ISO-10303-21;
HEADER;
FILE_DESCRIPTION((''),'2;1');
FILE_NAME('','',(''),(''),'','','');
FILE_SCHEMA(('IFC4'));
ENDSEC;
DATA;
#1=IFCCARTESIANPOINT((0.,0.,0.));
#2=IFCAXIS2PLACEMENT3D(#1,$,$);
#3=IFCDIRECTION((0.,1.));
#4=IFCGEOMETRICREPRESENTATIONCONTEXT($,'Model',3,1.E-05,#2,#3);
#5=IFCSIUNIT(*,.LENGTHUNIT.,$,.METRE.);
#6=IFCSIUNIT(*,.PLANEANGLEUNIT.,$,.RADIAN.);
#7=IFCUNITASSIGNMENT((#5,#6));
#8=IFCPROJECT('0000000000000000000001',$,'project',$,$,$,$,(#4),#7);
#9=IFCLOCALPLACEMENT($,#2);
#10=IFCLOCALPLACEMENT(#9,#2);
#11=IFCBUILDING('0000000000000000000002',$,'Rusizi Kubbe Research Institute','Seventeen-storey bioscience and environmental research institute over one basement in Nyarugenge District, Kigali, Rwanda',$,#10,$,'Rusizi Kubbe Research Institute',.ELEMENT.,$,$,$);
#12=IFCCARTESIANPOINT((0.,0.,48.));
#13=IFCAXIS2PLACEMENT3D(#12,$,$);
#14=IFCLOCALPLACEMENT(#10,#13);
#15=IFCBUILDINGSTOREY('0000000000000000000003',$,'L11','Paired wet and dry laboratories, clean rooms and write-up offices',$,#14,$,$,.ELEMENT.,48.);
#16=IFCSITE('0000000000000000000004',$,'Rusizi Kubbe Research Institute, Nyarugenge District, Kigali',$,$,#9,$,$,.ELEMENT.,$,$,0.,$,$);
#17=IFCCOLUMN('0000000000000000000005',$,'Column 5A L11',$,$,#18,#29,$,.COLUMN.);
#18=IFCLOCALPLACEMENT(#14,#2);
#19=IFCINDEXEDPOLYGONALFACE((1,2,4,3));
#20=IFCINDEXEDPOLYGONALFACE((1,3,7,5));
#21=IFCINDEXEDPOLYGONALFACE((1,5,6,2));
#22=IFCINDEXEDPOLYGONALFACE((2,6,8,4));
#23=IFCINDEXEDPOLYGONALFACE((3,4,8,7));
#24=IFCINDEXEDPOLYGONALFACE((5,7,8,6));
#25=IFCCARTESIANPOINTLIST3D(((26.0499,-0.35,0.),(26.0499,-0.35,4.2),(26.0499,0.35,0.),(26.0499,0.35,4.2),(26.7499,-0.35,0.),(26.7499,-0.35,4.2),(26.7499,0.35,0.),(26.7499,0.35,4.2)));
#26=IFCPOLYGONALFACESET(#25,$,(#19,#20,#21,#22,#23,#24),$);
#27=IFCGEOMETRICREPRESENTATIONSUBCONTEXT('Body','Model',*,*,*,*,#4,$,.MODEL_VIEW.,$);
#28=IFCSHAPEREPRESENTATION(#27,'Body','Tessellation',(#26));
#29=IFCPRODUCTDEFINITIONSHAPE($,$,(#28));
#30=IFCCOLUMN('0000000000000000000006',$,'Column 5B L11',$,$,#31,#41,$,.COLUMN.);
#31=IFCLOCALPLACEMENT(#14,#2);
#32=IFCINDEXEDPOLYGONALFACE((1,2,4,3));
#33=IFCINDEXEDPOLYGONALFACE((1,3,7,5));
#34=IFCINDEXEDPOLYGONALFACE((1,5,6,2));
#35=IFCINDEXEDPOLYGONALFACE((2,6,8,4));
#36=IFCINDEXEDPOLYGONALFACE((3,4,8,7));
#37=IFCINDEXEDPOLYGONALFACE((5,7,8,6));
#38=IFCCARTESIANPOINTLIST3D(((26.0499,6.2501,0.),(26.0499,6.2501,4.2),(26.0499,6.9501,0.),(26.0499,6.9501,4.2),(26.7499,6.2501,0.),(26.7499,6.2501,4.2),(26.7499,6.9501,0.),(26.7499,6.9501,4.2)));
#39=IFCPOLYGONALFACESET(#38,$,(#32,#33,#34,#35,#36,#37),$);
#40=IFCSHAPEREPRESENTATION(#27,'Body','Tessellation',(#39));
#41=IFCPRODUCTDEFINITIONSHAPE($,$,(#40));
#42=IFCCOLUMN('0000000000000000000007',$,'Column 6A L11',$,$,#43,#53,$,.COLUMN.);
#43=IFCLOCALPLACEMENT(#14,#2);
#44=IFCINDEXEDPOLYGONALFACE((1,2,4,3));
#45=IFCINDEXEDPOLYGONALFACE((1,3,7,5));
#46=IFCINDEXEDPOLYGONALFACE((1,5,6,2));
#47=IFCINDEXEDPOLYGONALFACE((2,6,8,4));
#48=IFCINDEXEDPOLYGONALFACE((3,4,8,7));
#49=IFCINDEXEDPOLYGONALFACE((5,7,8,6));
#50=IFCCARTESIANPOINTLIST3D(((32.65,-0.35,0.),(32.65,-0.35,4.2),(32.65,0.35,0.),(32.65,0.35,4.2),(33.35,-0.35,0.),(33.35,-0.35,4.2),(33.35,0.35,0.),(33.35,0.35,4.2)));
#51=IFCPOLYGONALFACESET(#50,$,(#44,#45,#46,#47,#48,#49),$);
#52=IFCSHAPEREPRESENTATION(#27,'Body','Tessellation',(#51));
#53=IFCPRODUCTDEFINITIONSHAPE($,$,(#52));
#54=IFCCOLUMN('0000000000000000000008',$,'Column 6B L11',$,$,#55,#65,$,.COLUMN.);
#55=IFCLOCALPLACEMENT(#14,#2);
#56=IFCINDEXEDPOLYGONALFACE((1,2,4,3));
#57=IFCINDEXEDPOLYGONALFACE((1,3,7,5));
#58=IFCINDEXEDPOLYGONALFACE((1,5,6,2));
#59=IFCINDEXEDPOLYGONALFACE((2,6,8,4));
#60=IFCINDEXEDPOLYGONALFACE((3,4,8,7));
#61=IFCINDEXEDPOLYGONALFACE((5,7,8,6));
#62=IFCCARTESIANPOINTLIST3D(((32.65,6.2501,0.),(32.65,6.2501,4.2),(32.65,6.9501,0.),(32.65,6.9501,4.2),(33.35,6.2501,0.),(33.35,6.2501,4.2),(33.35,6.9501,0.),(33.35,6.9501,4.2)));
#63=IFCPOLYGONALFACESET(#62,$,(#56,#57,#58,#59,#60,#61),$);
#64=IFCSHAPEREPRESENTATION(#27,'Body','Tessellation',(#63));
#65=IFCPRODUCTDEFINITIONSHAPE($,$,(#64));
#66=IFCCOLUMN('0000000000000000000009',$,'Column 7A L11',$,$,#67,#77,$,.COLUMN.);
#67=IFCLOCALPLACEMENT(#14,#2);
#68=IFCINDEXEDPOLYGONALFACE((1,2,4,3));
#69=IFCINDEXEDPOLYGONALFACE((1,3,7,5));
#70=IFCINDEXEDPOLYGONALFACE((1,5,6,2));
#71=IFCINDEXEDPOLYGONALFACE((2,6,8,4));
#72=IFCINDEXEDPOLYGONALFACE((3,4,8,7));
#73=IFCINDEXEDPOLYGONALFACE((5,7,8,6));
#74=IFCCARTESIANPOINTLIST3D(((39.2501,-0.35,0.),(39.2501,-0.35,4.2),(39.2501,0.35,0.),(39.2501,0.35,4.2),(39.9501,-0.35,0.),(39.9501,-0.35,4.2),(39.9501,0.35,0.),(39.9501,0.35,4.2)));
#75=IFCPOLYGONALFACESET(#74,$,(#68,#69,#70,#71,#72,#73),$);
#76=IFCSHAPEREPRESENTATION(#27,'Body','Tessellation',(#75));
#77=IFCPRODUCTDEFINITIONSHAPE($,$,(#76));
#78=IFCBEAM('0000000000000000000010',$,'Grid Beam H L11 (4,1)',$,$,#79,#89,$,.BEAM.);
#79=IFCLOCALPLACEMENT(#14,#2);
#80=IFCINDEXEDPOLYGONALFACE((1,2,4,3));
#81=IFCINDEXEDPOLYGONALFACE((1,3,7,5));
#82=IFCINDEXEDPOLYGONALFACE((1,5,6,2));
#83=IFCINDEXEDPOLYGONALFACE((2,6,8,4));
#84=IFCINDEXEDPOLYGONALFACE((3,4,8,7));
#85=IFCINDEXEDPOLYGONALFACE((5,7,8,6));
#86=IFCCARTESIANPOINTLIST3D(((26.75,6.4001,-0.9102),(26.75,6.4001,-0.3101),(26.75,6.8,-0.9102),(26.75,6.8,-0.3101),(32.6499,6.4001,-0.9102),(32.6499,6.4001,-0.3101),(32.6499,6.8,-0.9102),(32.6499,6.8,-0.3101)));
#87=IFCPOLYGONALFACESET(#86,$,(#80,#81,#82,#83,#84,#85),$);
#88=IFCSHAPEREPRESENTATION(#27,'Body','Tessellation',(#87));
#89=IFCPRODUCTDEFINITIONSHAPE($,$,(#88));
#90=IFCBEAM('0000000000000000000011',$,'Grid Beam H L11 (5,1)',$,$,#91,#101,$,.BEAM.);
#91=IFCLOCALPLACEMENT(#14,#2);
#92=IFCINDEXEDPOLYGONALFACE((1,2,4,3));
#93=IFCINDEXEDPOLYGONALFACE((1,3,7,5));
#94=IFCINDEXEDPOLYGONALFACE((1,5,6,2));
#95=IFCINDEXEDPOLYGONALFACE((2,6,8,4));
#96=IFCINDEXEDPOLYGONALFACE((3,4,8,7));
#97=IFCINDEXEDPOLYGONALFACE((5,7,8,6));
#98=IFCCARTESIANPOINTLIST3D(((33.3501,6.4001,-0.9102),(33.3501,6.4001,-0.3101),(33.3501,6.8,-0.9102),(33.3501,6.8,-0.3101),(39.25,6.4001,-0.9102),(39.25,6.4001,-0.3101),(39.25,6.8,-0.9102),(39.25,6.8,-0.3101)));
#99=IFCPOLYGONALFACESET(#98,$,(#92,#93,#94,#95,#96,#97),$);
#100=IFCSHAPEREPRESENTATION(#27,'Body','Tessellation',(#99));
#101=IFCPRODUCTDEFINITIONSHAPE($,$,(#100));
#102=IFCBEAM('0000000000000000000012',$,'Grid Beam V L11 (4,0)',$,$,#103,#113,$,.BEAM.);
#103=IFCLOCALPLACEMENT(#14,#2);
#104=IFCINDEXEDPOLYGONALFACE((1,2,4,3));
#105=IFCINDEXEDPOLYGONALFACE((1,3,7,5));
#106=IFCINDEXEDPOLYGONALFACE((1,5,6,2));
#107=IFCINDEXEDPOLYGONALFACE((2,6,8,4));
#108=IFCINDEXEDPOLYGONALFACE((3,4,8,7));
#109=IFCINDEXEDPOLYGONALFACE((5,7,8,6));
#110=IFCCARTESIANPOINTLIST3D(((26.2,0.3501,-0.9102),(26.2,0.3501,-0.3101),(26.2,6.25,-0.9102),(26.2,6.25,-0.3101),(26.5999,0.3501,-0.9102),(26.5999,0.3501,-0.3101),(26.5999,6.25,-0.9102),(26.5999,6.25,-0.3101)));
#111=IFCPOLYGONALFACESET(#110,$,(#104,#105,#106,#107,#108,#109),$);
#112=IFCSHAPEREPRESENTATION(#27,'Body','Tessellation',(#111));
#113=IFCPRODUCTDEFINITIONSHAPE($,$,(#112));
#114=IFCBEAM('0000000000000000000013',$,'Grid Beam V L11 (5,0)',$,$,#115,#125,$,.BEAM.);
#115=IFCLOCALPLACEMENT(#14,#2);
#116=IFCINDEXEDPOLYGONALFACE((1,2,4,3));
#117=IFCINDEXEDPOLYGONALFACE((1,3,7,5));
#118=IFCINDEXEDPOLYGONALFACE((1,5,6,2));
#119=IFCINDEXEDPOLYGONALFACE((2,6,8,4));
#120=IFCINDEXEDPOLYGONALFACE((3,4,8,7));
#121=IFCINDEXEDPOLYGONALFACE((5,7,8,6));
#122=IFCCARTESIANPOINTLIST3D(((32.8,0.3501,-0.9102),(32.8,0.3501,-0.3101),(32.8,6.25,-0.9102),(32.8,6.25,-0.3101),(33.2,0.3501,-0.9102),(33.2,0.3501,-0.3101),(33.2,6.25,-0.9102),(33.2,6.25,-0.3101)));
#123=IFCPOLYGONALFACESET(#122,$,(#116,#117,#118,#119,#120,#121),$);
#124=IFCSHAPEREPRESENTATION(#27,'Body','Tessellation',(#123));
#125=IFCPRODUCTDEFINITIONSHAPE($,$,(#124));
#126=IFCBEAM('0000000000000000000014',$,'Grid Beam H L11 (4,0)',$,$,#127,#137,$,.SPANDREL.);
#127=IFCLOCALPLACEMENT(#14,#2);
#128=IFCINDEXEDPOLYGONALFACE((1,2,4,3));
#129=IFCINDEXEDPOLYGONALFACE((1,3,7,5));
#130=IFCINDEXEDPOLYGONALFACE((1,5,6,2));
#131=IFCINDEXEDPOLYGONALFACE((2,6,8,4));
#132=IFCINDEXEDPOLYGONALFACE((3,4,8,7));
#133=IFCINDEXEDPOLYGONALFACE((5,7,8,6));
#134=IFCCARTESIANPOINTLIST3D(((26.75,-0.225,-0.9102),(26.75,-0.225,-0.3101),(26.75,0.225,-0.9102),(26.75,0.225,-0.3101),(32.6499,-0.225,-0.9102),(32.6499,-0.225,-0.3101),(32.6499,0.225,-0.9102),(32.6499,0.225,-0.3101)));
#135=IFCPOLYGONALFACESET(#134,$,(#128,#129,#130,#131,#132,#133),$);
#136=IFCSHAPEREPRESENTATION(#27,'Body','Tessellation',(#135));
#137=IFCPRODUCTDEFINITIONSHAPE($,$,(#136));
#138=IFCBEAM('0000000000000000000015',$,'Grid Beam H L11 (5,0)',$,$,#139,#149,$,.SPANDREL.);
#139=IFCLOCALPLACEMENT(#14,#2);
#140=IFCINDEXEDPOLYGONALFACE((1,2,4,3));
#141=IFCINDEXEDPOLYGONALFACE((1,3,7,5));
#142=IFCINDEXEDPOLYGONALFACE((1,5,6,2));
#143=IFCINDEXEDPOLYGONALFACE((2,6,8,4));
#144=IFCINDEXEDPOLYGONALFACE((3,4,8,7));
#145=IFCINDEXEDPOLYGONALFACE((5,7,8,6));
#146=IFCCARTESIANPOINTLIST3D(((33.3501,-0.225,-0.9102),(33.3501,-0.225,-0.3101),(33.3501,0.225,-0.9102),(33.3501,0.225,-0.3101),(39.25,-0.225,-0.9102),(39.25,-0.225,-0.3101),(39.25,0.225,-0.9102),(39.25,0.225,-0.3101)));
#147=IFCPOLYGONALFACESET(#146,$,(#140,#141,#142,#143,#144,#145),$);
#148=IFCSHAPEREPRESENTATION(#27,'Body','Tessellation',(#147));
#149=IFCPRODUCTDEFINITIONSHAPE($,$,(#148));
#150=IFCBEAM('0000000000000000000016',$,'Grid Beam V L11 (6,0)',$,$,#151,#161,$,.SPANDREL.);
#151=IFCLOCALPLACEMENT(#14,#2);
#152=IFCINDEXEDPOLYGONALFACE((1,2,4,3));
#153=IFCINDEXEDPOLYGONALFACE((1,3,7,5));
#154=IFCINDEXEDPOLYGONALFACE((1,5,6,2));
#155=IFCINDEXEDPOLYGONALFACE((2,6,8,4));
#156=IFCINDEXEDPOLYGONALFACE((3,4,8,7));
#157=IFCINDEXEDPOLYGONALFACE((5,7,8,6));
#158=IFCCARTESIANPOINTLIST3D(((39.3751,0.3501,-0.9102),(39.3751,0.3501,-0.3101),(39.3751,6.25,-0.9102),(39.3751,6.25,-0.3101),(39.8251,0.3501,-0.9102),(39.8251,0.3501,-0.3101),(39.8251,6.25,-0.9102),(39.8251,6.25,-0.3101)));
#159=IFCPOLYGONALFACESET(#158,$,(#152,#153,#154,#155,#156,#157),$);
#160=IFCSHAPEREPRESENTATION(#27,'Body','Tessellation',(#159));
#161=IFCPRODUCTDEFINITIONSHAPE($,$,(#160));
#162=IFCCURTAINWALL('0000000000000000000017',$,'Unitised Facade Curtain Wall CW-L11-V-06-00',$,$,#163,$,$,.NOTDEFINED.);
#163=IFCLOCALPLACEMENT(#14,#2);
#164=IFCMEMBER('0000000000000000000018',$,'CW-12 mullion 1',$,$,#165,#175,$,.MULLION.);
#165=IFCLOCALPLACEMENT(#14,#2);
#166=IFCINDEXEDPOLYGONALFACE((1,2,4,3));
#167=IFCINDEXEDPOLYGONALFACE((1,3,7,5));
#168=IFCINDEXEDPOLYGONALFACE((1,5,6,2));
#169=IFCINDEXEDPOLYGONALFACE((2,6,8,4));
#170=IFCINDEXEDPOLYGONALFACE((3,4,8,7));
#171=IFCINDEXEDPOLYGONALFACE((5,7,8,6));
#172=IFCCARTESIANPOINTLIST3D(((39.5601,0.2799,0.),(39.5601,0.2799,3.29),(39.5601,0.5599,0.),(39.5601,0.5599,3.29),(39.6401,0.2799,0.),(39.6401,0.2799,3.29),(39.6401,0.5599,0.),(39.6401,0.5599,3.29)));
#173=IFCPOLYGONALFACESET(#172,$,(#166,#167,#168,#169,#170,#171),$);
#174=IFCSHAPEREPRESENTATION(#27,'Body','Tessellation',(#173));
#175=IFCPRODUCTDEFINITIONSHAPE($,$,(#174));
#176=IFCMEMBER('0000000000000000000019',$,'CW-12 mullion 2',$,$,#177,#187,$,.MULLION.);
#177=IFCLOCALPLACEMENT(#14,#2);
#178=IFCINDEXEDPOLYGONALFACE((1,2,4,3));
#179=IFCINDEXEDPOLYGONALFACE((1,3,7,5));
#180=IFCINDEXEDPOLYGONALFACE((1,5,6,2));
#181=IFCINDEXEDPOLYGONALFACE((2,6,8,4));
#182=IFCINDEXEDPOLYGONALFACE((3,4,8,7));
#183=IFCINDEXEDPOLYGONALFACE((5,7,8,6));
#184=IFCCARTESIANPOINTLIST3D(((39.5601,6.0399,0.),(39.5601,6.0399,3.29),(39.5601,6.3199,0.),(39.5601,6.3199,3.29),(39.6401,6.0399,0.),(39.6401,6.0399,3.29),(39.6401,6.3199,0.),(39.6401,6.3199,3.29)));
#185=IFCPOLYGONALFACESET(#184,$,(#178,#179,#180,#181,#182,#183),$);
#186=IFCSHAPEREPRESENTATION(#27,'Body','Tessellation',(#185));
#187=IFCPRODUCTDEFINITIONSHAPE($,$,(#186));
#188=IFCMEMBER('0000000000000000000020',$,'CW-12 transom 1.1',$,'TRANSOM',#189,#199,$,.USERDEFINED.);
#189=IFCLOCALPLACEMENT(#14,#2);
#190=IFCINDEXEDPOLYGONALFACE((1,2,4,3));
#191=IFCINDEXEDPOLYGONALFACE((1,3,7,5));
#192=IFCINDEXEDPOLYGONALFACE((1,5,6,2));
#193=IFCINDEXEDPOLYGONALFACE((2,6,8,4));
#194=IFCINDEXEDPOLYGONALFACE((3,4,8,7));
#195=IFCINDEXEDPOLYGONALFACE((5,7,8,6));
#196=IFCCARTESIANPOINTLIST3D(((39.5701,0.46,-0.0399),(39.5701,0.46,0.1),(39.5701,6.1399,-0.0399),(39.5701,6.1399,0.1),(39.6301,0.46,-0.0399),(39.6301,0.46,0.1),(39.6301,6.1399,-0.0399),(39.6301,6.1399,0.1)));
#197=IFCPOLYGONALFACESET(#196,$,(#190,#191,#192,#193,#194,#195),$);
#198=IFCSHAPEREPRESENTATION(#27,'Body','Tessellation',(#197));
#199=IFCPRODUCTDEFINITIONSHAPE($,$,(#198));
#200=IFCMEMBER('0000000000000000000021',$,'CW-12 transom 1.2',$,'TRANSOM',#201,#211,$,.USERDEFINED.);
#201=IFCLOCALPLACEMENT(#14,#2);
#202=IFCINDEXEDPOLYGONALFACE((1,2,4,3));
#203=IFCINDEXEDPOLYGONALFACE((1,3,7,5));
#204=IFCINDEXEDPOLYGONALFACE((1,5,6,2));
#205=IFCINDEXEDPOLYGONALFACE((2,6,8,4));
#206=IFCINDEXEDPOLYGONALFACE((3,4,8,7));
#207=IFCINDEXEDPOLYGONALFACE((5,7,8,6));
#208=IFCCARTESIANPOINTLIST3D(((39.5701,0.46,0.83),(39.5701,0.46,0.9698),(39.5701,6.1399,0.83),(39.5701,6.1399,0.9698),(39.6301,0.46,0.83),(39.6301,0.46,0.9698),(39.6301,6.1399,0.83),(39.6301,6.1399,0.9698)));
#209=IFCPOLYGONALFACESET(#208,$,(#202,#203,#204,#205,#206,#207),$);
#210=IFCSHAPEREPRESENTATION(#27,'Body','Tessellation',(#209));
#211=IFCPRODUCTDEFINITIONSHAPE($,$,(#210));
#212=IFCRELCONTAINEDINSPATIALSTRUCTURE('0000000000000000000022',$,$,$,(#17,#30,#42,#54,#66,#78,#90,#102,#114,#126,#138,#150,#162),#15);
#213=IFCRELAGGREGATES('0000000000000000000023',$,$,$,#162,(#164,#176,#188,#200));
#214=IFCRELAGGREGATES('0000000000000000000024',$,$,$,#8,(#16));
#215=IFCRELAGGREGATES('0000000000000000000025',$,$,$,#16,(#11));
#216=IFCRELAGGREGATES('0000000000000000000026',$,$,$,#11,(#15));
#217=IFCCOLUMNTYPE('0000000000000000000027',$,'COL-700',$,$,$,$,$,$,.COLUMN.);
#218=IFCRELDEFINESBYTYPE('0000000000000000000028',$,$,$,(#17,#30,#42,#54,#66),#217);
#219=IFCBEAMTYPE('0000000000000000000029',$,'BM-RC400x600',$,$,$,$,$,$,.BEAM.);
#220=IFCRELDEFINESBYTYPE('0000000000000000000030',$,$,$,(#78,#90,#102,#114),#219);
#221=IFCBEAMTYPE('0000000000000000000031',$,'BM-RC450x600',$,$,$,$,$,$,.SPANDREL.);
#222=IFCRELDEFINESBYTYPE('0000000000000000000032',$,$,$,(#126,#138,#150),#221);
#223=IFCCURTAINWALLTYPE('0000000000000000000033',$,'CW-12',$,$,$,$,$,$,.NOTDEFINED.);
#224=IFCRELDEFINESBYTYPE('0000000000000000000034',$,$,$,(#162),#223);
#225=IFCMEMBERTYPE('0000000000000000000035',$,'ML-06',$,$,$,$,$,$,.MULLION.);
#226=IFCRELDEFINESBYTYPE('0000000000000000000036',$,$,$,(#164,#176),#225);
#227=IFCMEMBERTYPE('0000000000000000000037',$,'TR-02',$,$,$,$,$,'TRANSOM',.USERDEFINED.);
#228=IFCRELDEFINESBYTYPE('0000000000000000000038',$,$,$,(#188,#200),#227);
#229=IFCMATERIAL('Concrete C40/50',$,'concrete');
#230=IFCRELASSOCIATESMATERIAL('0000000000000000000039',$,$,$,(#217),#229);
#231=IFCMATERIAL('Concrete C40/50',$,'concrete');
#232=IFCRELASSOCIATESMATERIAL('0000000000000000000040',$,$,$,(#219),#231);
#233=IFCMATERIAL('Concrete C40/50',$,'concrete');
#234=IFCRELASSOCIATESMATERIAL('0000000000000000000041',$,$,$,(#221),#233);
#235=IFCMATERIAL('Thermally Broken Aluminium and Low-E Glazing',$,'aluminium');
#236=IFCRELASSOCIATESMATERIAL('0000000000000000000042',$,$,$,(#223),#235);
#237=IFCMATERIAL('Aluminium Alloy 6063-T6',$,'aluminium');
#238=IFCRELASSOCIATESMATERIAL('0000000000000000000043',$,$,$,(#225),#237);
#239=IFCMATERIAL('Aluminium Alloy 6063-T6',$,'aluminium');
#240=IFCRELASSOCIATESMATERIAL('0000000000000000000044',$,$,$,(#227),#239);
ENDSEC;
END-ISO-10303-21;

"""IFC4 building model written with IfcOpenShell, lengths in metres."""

from ifc_helpers import new_model, si_unit, direction, frame, origin, origin_2d, place, context, subcontext, project, spatial, rectangle, extrude, material, material_profile, profile_set, type_object, element, aggregate, save


model = new_model("IFC4")

# Units and contexts
model_context = context("Model", 3, precision=1e-05, world=origin(), true_north=direction((0.0, 1.0)))
body_context = subcontext(model_context, "Body", "Model", "MODEL_VIEW")
ifc_project = project(units=[si_unit("LENGTHUNIT", "METRE"), si_unit("PLANEANGLEUNIT", "RADIAN")], contexts=[model_context])

# Site, building, storey
site_placement = place(None, origin())
site = spatial("IfcSite", under=ifc_project, at=site_placement, Name="Rusizi Kubbe Research Institute, Nyarugenge District, Kigali", CompositionType="ELEMENT", RefElevation=0.0)
building_placement = place(site_placement, origin())
building = spatial("IfcBuilding", under=site, at=building_placement, Name="Rusizi Kubbe Research Institute", Description="Seventeen-storey bioscience and environmental research institute over one basement in Nyarugenge District, Kigali, Rwanda", LongName="Rusizi Kubbe Research Institute", CompositionType="ELEMENT")
storey_placement = place(building_placement, frame((0.0, 0.0, 48.0)))
storey = spatial("IfcBuildingStorey", under=building, at=storey_placement, Name="L11", Description="Paired wet and dry laboratories, clean rooms and write-up offices", CompositionType="ELEMENT", Elevation=48.0)

# Columns
ifc_material_1 = material(Name="Concrete C40/50", Category="concrete")
ifc_material_profile_1 = material_profile(ifc_material_1, rectangle(XDim=0.7, YDim=0.7, at=origin_2d()), Name="RC700x700")
ifc_profile_set_1 = profile_set([ifc_material_profile_1], Name="Concrete C40/50")
column_type = type_object("IfcColumnType", Name="COL-700", PredefinedType="COLUMN", material=ifc_profile_set_1)
for number, where, z_axis, x_axis, name in (
    (1, (26.3999, 0.0, 0.0), (0.0, 0.0, 1.0), (1.0, 0.0, 0.0), "Column 5A L11"),
    (2, (26.3999, 6.6001, 0.0), (0.0, 0.0, 1.0), (1.0, 0.0, 0.0), "Column 5B L11"),
    (3, (33.0, 0.0, 0.0), (0.0, 0.0, 1.0), (1.0, 0.0, 0.0), "Column 6A L11"),
    (4, (33.0, 6.6001, 0.0), (0.0, 0.0, 1.0), (1.0, 0.0, 0.0), "Column 6B L11"),
    (5, (39.6001, 0.0, 0.0), (0.0, 0.0, 1.0), (1.0, 0.0, 0.0), "Column 7A L11"),
):
    element("IfcColumn", number, at=place(storey_placement, frame(where, z_axis=z_axis, x_axis=x_axis)), inside=storey, type_object=column_type, Name=name, PredefinedType="COLUMN", context=body_context, shape_type="SweptSolid", body=[
        extrude(rectangle(XDim=0.7, YDim=0.7, at=origin_2d()), origin(), (0.0, 0.0, 1.0), 4.2),
    ])

# Beams
ifc_material_2 = material(Name="Concrete C40/50", Category="concrete")
ifc_material_profile_2 = material_profile(ifc_material_2, rectangle(XDim=0.3999, YDim=0.6001, at=origin_2d()), Name="RC400x600")
ifc_profile_set_2 = profile_set([ifc_material_profile_2], Name="Concrete C40/50")
beam_type_1 = type_object("IfcBeamType", Name="BM-RC400x600", PredefinedType="BEAM", material=ifc_profile_set_2)
for number, where, z_axis, x_axis, name in (
    (6, (26.75, 6.6001, -0.6101), (1.0, 0.0, 0.0), (0.0, 1.0, 0.0), "Grid Beam H L11 (4,1)"),
    (7, (33.3501, 6.6001, -0.6101), (1.0, 0.0, 0.0), (0.0, 1.0, 0.0), "Grid Beam H L11 (5,1)"),
    (8, (26.3999, 0.3501, -0.6101), (0.0, 1.0, 0.0), (-1.0, 0.0, 0.0), "Grid Beam V L11 (4,0)"),
    (9, (33.0, 0.3501, -0.6101), (0.0, 1.0, 0.0), (-1.0, 0.0, 0.0), "Grid Beam V L11 (5,0)"),
):
    element("IfcBeam", number, at=place(storey_placement, frame(where, z_axis=z_axis, x_axis=x_axis)), inside=storey, type_object=beam_type_1, Name=name, PredefinedType="BEAM", context=body_context, shape_type="SweptSolid", body=[
        extrude(rectangle(XDim=0.3999, YDim=0.6001, at=origin_2d()), origin(), (0.0, 0.0, 1.0), 5.8999),
    ])
ifc_material_3 = material(Name="Concrete C40/50", Category="concrete")
ifc_material_profile_3 = material_profile(ifc_material_3, rectangle(XDim=0.45, YDim=0.6001, at=origin_2d()), Name="RC450x600")
ifc_profile_set_3 = profile_set([ifc_material_profile_3], Name="Concrete C40/50")
beam_type_2 = type_object("IfcBeamType", Name="BM-RC450x600", PredefinedType="SPANDREL", material=ifc_profile_set_3)
for number, where, z_axis, x_axis, name in (
    (10, (26.75, 0.0, -0.6101), (1.0, 0.0, 0.0), (0.0, 1.0, 0.0), "Grid Beam H L11 (4,0)"),
    (11, (33.3501, 0.0, -0.6101), (1.0, 0.0, 0.0), (0.0, 1.0, 0.0), "Grid Beam H L11 (5,0)"),
    (12, (39.6001, 0.3501, -0.6101), (0.0, 1.0, 0.0), (-1.0, 0.0, 0.0), "Grid Beam V L11 (6,0)"),
):
    element("IfcBeam", number, at=place(storey_placement, frame(where, z_axis=z_axis, x_axis=x_axis)), inside=storey, type_object=beam_type_2, Name=name, PredefinedType="SPANDREL", context=body_context, shape_type="SweptSolid", body=[
        extrude(rectangle(XDim=0.45, YDim=0.6001, at=origin_2d()), origin(), (0.0, 0.0, 1.0), 5.8999),
    ])

# Curtain wall, members
ifc_material_4 = material(Name="Thermally Broken Aluminium and Low-E Glazing", Category="aluminium")
curtain_wall_type = type_object("IfcCurtainWallType", Name="CW-12", PredefinedType="NOTDEFINED", material=ifc_material_4)
curtain_wall_placement = place(storey_placement, origin())
curtain_wall = element("IfcCurtainWall", 13, at=curtain_wall_placement, inside=storey, type_object=curtain_wall_type, Name="Unitised Facade Curtain Wall CW-L11-V-06-00", PredefinedType="NOTDEFINED")
ifc_material_5 = material(Name="Aluminium Alloy 6063-T6", Category="aluminium")
ifc_material_profile_4 = material_profile(ifc_material_5, rectangle(XDim=0.0801, YDim=0.28, at=origin_2d()), Name="ALU-M 80x280")
ifc_profile_set_4 = profile_set([ifc_material_profile_4], Name="Aluminium Alloy 6063-T6")
member_type_1 = type_object("IfcMemberType", Name="ML-06", PredefinedType="MULLION", material=ifc_profile_set_4)
member_1_placement = place(storey_placement, frame((39.6001, 0.4199, 0.0), z_axis=(0.0, 0.0, 1.0), x_axis=(-1.0, 0.0, 0.0)))
member_1 = element("IfcMember", 14, at=member_1_placement, type_object=member_type_1, Name="CW-12 mullion 1", PredefinedType="MULLION", context=body_context, shape_type="SweptSolid", body=[
    extrude(rectangle(XDim=0.0801, YDim=0.28, at=origin_2d()), origin(), (0.0, 0.0, 1.0), 3.29),
])
member_2_placement = place(storey_placement, frame((39.6001, 6.1799, 0.0), z_axis=(0.0, 0.0, 1.0), x_axis=(-1.0, 0.0, 0.0)))
member_2 = element("IfcMember", 15, at=member_2_placement, type_object=member_type_1, Name="CW-12 mullion 2", PredefinedType="MULLION", context=body_context, shape_type="SweptSolid", body=[
    extrude(rectangle(XDim=0.0801, YDim=0.28, at=origin_2d()), origin(), (0.0, 0.0, 1.0), 3.29),
])
ifc_material_6 = material(Name="Aluminium Alloy 6063-T6", Category="aluminium")
ifc_material_profile_5 = material_profile(ifc_material_6, rectangle(XDim=0.0601, YDim=0.1399, at=origin_2d()), Name="ALU-T 60x140")
ifc_profile_set_5 = profile_set([ifc_material_profile_5], Name="Aluminium Alloy 6063-T6")
member_type_2 = type_object("IfcMemberType", Name="TR-02", ElementType="TRANSOM", PredefinedType="USERDEFINED", material=ifc_profile_set_5)
member_3_placement = place(storey_placement, frame((39.6001, 0.46, 0.03), z_axis=(0.0, 1.0, 0.0), x_axis=(-1.0, 0.0, 0.0)))
member_3 = element("IfcMember", 16, at=member_3_placement, type_object=member_type_2, Name="CW-12 transom 1.1", ObjectType="TRANSOM", PredefinedType="USERDEFINED", context=body_context, shape_type="SweptSolid", body=[
    extrude(rectangle(XDim=0.0601, YDim=0.1399, at=origin_2d()), origin(), (0.0, 0.0, 1.0), 5.6799),
])
member_4_placement = place(storey_placement, frame((39.6001, 0.46, 0.8999), z_axis=(0.0, 1.0, 0.0), x_axis=(-1.0, 0.0, 0.0)))
member_4 = element("IfcMember", 17, at=member_4_placement, type_object=member_type_2, Name="CW-12 transom 1.2", ObjectType="TRANSOM", PredefinedType="USERDEFINED", context=body_context, shape_type="SweptSolid", body=[
    extrude(rectangle(XDim=0.0601, YDim=0.1399, at=origin_2d()), origin(), (0.0, 0.0, 1.0), 5.6799),
])
aggregate(curtain_wall, [member_1, member_2, member_3, member_4])

save(model, "model.ifc")
